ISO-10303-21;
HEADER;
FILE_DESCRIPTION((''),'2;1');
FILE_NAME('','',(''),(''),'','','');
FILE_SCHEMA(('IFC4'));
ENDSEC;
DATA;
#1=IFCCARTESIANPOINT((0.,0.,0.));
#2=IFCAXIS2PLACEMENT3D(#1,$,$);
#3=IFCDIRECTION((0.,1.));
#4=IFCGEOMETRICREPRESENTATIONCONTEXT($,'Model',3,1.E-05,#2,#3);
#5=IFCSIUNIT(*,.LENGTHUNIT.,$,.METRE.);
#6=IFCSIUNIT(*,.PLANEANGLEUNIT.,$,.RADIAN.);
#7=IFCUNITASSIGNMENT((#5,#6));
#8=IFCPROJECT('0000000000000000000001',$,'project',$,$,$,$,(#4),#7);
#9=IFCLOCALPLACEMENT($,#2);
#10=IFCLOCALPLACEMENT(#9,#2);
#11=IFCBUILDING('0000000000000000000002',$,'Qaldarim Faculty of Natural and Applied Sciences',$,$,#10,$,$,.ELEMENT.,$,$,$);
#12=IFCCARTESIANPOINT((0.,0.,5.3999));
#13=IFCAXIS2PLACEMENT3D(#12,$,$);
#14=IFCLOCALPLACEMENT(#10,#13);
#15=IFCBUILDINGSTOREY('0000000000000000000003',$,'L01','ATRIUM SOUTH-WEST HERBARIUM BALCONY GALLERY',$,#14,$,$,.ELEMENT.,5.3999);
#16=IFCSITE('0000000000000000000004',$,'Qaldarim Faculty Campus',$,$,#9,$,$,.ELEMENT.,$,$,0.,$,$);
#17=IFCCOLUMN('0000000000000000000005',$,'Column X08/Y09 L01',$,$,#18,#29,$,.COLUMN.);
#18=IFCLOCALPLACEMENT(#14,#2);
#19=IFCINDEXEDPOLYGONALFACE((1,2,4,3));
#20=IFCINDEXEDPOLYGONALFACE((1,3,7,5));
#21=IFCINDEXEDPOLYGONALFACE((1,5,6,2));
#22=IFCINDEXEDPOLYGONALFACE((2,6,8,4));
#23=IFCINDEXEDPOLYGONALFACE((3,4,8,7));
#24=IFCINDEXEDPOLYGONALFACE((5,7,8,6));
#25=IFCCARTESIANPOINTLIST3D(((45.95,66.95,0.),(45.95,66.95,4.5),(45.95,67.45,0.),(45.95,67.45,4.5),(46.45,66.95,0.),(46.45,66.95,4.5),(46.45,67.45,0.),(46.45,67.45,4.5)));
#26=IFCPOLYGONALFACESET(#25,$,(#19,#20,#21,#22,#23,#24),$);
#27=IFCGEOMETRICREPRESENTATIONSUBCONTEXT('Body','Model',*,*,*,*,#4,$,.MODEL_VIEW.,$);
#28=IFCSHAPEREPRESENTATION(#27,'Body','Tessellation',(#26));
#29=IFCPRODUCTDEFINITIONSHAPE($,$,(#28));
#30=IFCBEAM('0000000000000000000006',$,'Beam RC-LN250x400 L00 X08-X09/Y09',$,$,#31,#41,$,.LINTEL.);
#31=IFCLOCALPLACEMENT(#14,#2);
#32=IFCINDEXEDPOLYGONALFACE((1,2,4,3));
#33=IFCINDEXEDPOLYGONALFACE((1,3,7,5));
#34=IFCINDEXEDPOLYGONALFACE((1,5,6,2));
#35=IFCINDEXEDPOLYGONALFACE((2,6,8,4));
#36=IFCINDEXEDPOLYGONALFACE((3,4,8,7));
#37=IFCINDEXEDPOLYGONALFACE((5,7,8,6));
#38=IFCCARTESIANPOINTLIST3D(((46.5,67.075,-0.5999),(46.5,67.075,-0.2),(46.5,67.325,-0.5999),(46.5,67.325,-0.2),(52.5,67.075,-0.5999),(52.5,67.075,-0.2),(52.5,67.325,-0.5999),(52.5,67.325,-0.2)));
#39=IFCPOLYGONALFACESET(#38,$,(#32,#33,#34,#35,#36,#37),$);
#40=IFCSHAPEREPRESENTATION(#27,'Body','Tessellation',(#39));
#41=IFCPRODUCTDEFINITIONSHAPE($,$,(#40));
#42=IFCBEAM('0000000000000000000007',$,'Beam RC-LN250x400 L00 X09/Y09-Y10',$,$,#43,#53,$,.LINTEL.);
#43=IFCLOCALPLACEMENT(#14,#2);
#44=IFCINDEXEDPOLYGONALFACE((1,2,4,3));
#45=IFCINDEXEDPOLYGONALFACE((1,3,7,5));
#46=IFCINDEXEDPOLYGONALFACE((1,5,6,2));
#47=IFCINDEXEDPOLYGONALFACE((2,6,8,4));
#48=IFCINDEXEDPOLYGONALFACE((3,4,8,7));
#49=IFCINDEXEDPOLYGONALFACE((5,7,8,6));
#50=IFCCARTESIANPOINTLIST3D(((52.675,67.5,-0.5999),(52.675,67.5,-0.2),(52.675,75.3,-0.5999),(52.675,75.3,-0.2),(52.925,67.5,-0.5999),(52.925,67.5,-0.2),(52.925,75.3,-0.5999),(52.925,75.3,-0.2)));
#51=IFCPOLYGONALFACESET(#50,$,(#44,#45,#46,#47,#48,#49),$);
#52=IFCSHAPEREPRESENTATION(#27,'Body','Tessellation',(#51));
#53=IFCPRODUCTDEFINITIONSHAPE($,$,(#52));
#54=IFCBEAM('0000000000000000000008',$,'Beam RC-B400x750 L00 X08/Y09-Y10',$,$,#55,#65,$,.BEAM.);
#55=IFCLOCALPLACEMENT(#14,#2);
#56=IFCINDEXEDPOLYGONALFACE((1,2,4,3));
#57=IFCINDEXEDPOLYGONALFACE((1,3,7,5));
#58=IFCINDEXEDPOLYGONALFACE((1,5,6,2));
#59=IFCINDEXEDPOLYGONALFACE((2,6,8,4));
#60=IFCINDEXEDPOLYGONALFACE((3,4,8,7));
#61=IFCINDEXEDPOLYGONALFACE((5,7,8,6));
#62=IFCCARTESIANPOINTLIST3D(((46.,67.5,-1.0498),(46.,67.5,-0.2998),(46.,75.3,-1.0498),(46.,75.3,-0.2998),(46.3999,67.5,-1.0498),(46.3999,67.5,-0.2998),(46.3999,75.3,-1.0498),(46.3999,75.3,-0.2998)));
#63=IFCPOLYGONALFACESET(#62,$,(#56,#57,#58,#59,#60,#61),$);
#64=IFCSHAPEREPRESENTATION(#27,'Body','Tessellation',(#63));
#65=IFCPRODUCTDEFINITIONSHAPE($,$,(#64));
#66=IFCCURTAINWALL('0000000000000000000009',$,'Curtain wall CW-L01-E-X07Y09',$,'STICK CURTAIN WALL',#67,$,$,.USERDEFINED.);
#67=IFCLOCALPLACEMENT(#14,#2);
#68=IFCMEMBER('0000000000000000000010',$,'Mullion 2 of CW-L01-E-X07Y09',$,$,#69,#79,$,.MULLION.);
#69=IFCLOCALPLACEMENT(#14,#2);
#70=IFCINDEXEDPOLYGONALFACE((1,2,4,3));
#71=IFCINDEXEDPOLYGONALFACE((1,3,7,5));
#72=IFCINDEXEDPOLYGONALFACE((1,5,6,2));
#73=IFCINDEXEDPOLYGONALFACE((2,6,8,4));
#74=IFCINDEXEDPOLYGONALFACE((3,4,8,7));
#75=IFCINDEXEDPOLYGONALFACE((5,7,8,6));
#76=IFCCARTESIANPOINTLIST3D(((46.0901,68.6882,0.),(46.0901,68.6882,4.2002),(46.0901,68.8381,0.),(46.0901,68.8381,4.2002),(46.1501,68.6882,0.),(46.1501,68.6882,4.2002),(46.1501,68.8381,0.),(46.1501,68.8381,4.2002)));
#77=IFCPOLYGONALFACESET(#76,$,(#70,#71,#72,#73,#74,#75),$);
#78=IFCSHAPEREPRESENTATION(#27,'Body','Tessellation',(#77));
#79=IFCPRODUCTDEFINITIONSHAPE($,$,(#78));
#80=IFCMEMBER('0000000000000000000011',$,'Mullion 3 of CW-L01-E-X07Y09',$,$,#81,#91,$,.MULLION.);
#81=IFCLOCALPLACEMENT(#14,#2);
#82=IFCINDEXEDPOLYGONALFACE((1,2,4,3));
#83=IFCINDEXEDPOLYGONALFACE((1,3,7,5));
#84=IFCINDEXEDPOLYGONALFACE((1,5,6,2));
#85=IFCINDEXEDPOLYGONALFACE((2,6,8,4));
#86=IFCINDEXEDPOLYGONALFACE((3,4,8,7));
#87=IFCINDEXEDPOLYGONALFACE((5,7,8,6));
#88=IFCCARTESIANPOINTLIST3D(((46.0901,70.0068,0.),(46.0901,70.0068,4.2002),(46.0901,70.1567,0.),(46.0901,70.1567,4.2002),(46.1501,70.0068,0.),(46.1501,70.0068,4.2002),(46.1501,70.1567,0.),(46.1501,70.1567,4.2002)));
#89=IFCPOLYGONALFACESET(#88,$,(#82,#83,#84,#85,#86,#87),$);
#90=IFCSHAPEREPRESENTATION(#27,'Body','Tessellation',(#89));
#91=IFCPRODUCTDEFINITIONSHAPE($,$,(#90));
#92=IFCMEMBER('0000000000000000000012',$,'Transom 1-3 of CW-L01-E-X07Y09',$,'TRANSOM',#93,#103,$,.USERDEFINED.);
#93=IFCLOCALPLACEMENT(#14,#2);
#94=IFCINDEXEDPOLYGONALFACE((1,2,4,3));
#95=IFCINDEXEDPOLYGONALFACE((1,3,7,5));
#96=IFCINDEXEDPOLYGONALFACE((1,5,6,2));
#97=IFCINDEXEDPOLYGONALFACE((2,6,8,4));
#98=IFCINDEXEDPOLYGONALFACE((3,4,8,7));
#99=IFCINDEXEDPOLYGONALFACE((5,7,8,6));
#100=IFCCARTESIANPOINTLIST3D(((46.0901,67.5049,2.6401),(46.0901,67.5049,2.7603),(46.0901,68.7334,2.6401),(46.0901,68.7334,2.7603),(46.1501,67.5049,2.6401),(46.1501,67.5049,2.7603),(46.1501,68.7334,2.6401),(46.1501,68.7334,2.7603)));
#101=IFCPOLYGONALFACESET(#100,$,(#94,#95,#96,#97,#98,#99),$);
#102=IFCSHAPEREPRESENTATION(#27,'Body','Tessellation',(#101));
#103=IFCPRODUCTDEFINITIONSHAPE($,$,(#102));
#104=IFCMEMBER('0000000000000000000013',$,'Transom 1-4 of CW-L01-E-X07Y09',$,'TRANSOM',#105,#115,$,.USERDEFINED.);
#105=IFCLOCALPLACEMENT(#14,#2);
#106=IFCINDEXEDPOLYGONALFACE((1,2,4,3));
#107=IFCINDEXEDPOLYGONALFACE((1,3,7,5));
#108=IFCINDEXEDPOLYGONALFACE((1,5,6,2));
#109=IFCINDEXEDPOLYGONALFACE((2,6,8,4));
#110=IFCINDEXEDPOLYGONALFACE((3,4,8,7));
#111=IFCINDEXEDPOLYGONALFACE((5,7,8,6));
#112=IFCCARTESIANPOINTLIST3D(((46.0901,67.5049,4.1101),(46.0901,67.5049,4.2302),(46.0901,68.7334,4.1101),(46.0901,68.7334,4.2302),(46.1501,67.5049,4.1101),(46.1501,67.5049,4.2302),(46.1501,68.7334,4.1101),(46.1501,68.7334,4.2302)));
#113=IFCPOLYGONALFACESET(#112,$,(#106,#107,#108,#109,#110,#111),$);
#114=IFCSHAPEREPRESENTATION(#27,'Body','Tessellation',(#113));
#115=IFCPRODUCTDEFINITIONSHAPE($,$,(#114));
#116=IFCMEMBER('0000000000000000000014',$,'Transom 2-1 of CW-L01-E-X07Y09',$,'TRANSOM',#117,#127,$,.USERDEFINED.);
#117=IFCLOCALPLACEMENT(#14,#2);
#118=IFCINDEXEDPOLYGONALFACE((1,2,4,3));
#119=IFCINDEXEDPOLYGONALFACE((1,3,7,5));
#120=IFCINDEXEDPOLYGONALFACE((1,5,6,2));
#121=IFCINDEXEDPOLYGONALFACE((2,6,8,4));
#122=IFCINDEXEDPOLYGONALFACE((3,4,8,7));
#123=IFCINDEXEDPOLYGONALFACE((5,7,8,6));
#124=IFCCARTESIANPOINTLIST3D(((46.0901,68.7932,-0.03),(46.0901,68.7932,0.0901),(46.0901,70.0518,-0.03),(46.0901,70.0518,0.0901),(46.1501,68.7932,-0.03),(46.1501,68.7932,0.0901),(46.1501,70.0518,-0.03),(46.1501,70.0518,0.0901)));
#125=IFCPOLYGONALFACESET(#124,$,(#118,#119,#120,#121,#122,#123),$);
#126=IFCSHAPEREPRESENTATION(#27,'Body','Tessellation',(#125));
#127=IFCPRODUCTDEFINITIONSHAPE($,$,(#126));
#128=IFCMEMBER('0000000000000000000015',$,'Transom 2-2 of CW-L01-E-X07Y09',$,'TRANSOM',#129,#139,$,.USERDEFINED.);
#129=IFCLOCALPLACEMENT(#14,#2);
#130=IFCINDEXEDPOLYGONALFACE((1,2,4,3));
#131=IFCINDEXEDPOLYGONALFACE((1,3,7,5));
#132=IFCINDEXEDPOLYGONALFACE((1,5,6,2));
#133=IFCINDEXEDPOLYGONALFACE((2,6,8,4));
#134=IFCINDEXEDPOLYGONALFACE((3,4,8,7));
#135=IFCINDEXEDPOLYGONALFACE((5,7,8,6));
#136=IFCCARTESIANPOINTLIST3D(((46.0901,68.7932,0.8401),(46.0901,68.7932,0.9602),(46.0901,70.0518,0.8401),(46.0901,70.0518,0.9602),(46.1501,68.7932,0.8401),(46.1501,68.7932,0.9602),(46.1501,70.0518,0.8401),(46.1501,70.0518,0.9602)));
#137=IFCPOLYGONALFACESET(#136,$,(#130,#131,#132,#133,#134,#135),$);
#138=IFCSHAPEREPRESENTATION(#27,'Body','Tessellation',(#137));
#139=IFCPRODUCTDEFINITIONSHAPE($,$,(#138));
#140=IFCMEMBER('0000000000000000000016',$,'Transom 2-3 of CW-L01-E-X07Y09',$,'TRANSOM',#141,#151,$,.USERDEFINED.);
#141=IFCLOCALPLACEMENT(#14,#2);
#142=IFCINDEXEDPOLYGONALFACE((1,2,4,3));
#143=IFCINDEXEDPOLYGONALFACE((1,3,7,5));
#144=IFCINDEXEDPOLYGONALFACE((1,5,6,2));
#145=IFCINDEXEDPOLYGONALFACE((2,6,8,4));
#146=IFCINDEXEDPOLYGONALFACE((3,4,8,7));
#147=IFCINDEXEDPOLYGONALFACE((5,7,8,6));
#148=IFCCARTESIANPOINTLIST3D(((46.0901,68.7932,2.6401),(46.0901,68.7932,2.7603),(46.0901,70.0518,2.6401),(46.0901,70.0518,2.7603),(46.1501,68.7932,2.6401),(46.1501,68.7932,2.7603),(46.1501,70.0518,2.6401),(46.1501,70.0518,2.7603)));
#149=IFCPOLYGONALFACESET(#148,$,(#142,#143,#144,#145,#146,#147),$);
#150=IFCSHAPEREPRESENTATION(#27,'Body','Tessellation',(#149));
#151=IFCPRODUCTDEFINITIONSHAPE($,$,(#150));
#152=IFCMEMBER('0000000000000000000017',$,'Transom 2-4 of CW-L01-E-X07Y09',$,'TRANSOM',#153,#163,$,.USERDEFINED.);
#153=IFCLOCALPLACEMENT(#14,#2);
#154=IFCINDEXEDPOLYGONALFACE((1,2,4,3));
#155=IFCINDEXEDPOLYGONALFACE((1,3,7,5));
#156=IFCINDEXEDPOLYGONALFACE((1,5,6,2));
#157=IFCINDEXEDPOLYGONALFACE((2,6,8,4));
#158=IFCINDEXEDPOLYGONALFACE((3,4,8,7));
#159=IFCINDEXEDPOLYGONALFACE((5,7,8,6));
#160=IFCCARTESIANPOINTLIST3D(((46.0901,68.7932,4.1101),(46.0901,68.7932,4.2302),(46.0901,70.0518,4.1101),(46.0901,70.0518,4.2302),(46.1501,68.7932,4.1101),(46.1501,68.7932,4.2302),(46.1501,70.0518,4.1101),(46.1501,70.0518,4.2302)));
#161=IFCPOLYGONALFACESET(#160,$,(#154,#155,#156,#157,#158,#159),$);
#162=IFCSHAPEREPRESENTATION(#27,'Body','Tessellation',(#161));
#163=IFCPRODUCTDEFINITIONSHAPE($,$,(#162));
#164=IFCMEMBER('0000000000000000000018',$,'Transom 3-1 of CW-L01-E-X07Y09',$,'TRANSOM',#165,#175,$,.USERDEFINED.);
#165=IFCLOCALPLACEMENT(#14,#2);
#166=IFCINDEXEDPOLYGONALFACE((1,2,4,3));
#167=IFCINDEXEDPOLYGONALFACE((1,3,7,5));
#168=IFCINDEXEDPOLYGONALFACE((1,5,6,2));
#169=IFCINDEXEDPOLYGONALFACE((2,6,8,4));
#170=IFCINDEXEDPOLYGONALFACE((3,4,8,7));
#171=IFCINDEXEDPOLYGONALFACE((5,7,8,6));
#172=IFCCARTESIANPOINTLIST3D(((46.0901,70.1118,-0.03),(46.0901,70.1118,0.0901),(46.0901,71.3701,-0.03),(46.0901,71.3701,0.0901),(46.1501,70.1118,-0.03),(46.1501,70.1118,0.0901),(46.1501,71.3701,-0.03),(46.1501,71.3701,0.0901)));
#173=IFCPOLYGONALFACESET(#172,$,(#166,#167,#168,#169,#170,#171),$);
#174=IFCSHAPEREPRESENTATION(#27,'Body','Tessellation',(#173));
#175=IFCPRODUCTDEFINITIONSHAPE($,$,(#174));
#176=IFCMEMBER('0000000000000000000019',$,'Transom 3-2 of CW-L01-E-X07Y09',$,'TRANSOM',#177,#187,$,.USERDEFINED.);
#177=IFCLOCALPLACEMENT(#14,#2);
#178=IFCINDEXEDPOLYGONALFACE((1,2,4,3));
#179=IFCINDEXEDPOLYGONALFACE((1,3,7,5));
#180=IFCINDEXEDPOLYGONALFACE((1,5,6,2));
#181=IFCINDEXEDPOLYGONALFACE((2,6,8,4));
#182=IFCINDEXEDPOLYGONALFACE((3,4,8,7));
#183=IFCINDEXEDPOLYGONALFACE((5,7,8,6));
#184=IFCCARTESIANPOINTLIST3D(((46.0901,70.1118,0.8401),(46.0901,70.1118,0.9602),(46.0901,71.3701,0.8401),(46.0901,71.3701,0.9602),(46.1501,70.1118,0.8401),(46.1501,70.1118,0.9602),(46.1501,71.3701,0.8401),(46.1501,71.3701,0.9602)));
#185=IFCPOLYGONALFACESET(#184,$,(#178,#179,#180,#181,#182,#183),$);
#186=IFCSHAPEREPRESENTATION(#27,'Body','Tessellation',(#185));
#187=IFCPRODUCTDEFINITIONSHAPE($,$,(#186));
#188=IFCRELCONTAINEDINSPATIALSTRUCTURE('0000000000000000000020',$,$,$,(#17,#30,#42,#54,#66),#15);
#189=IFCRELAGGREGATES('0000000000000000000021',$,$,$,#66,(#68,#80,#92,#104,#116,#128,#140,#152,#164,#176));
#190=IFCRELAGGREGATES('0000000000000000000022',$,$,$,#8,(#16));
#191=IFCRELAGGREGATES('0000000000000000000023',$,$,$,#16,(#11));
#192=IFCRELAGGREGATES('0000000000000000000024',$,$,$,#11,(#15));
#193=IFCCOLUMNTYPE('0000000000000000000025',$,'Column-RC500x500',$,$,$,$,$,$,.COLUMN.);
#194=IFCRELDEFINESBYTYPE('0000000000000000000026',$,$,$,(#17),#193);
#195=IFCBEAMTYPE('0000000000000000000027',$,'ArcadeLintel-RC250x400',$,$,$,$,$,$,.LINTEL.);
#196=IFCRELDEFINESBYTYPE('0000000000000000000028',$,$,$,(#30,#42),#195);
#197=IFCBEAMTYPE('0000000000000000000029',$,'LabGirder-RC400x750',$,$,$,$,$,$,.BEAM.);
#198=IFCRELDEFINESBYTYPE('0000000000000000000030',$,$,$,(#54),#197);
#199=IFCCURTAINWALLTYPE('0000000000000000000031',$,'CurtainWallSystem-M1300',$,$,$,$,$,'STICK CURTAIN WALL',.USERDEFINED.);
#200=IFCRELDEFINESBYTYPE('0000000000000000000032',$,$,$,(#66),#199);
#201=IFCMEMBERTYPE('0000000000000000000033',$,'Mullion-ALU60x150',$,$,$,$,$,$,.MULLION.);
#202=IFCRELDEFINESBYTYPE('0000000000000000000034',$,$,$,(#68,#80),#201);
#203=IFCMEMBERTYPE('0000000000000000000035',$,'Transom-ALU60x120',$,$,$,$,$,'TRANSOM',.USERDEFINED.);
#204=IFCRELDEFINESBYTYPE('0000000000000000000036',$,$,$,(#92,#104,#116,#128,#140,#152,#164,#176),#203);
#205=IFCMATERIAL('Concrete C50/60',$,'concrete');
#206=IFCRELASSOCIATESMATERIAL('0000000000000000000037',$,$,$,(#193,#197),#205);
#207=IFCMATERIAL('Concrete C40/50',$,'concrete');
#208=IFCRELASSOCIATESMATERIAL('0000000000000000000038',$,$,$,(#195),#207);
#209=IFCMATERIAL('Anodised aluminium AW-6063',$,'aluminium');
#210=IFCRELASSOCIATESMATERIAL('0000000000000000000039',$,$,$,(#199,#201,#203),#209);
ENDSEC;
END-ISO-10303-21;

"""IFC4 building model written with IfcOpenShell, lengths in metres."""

from ifc_helpers import new_model, si_unit, direction, frame, origin, origin_2d, place, context, subcontext, project, spatial, rectangle, extrude, material, material_profile, profile_set, type_object, element, aggregate, save


model = new_model("IFC4")

# Units and contexts
model_context = context("Model", 3, precision=1e-05, world=origin(), true_north=direction((0.0, 1.0)))
body_context = subcontext(model_context, "Body", "Model", "MODEL_VIEW")
ifc_project = project(units=[si_unit("LENGTHUNIT", "METRE"), si_unit("PLANEANGLEUNIT", "RADIAN")], contexts=[model_context])

# Site, building, storey
site_placement = place(None, origin())
site = spatial("IfcSite", under=ifc_project, at=site_placement, Name="Qaldarim Faculty Campus", CompositionType="ELEMENT", RefElevation=0.0)
building_placement = place(site_placement, origin())
building = spatial("IfcBuilding", under=site, at=building_placement, Name="Qaldarim Faculty of Natural and Applied Sciences", CompositionType="ELEMENT")
storey_placement = place(building_placement, frame((0.0, 0.0, 5.3999)))
storey = spatial("IfcBuildingStorey", under=building, at=storey_placement, Name="L01", Description="ATRIUM SOUTH-WEST HERBARIUM BALCONY GALLERY", CompositionType="ELEMENT", Elevation=5.3999)

# Column
ifc_material_1 = material(Name="Concrete C50/60", Category="concrete")
ifc_material_profile_1 = material_profile(ifc_material_1, rectangle(XDim=0.5, YDim=0.5, at=origin_2d()), Name="RC-C500x500")
ifc_profile_set_1 = profile_set([ifc_material_profile_1], Name="Concrete C50/60")
column_type = type_object("IfcColumnType", Name="Column-RC500x500", PredefinedType="COLUMN", material=ifc_profile_set_1)
column_placement = place(storey_placement, frame((46.2, 67.2, 0.0), z_axis=(0.0, 0.0, 1.0), x_axis=(1.0, 0.0, 0.0)))
element("IfcColumn", 1, at=column_placement, inside=storey, type_object=column_type, Name="Column X08/Y09 L01", PredefinedType="COLUMN", context=body_context, shape_type="SweptSolid", body=[
    extrude(rectangle(XDim=0.5, YDim=0.5, at=origin_2d()), origin(), (0.0, 0.0, 1.0), 4.5),
])

# Beams
ifc_material_2 = material(Name="Concrete C40/50", Category="concrete")
ifc_material_profile_2 = material_profile(ifc_material_2, rectangle(XDim=0.25, YDim=0.3999, at=origin_2d()), Name="RC-LN250x400")
ifc_profile_set_2 = profile_set([ifc_material_profile_2], Name="Concrete C40/50")
beam_type_1 = type_object("IfcBeamType", Name="ArcadeLintel-RC250x400", PredefinedType="LINTEL", material=ifc_profile_set_2)
beam_1_placement = place(storey_placement, frame((46.5, 67.2, -0.3999), z_axis=(1.0, 0.0, 0.0), x_axis=(0.0, 1.0, 0.0)))
element("IfcBeam", 2, at=beam_1_placement, inside=storey, type_object=beam_type_1, Name="Beam RC-LN250x400 L00 X08-X09/Y09", PredefinedType="LINTEL", context=body_context, shape_type="SweptSolid", body=[
    extrude(rectangle(XDim=0.25, YDim=0.3999, at=origin_2d()), origin(), (0.0, 0.0, 1.0), 6.0),
])
beam_2_placement = place(storey_placement, frame((52.8, 67.5, -0.3999), z_axis=(0.0, 1.0, 0.0), x_axis=(-1.0, 0.0, 0.0)))
element("IfcBeam", 3, at=beam_2_placement, inside=storey, type_object=beam_type_1, Name="Beam RC-LN250x400 L00 X09/Y09-Y10", PredefinedType="LINTEL", context=body_context, shape_type="SweptSolid", body=[
    extrude(rectangle(XDim=0.25, YDim=0.3999, at=origin_2d()), origin(), (0.0, 0.0, 1.0), 7.8),
])
ifc_material_profile_3 = material_profile(ifc_material_1, rectangle(XDim=0.3999, YDim=0.75, at=origin_2d()), Name="RC-B400x750")
ifc_profile_set_3 = profile_set([ifc_material_profile_3], Name="Concrete C50/60")
beam_type_2 = type_object("IfcBeamType", Name="LabGirder-RC400x750", PredefinedType="BEAM", material=ifc_profile_set_3)
beam_3_placement = place(storey_placement, frame((46.2, 67.5, -0.6748), z_axis=(0.0, 1.0, 0.0), x_axis=(-1.0, 0.0, 0.0)))
element("IfcBeam", 4, at=beam_3_placement, inside=storey, type_object=beam_type_2, Name="Beam RC-B400x750 L00 X08/Y09-Y10", PredefinedType="BEAM", context=body_context, shape_type="SweptSolid", body=[
    extrude(rectangle(XDim=0.3999, YDim=0.75, at=origin_2d()), origin(), (0.0, 0.0, 1.0), 7.8),
])

# Curtain wall, members
ifc_material_3 = material(Name="Anodised aluminium AW-6063", Category="aluminium")
curtain_wall_type = type_object("IfcCurtainWallType", Name="CurtainWallSystem-M1300", ElementType="STICK CURTAIN WALL", PredefinedType="USERDEFINED", material=ifc_material_3)
curtain_wall_placement = place(storey_placement, origin())
curtain_wall = element("IfcCurtainWall", 5, at=curtain_wall_placement, inside=storey, type_object=curtain_wall_type, Name="Curtain wall CW-L01-E-X07Y09", ObjectType="STICK CURTAIN WALL", PredefinedType="USERDEFINED")
ifc_material_profile_4 = material_profile(ifc_material_3, rectangle(XDim=0.0601, YDim=0.1499, at=origin_2d()), Name="ALU-M60x150")
ifc_profile_set_4 = profile_set([ifc_material_profile_4], Name="Anodised aluminium AW-6063")
member_type_1 = type_object("IfcMemberType", Name="Mullion-ALU60x150", PredefinedType="MULLION", material=ifc_profile_set_4)
member_1_placement = place(storey_placement, frame((46.1201, 68.7632, 0.0), z_axis=(0.0, 0.0, 1.0), x_axis=(-1.0, 0.0, 0.0)))
member_1 = element("IfcMember", 6, at=member_1_placement, type_object=member_type_1, Name="Mullion 2 of CW-L01-E-X07Y09", PredefinedType="MULLION", context=body_context, shape_type="SweptSolid", body=[
    extrude(rectangle(XDim=0.0601, YDim=0.1499, at=origin_2d()), origin(), (0.0, 0.0, 1.0), 4.2002),
])
member_2_placement = place(storey_placement, frame((46.1201, 70.0818, 0.0), z_axis=(0.0, 0.0, 1.0), x_axis=(-1.0, 0.0, 0.0)))
member_2 = element("IfcMember", 7, at=member_2_placement, type_object=member_type_1, Name="Mullion 3 of CW-L01-E-X07Y09", PredefinedType="MULLION", context=body_context, shape_type="SweptSolid", body=[
    extrude(rectangle(XDim=0.0601, YDim=0.1499, at=origin_2d()), origin(), (0.0, 0.0, 1.0), 4.2002),
])
ifc_material_profile_5 = material_profile(ifc_material_3, rectangle(XDim=0.0601, YDim=0.1201, at=origin_2d()), Name="ALU-T60x120")
ifc_profile_set_5 = profile_set([ifc_material_profile_5], Name="Anodised aluminium AW-6063")
member_type_2 = type_object("IfcMemberType", Name="Transom-ALU60x120", ElementType="TRANSOM", PredefinedType="USERDEFINED", material=ifc_profile_set_5)
member_3_placement = place(storey_placement, frame((46.1201, 67.5049, 2.7002), z_axis=(0.0, 1.0, 0.0), x_axis=(-1.0, 0.0, 0.0)))
member_3 = element("IfcMember", 8, at=member_3_placement, type_object=member_type_2, Name="Transom 1-3 of CW-L01-E-X07Y09", ObjectType="TRANSOM", PredefinedType="USERDEFINED", context=body_context, shape_type="SweptSolid", body=[
    extrude(rectangle(XDim=0.0601, YDim=0.1201, at=origin_2d()), origin(), (0.0, 0.0, 1.0), 1.2285),
])
member_4_placement = place(storey_placement, frame((46.1201, 67.5049, 4.1702), z_axis=(0.0, 1.0, 0.0), x_axis=(-1.0, 0.0, 0.0)))
member_4 = element("IfcMember", 9, at=member_4_placement, type_object=member_type_2, Name="Transom 1-4 of CW-L01-E-X07Y09", ObjectType="TRANSOM", PredefinedType="USERDEFINED", context=body_context, shape_type="SweptSolid", body=[
    extrude(rectangle(XDim=0.0601, YDim=0.1201, at=origin_2d()), origin(), (0.0, 0.0, 1.0), 1.2285),
])
member_5_placement = place(storey_placement, frame((46.1201, 68.7932, 0.03), z_axis=(0.0, 1.0, 0.0), x_axis=(-1.0, 0.0, 0.0)))
member_5 = element("IfcMember", 10, at=member_5_placement, type_object=member_type_2, Name="Transom 2-1 of CW-L01-E-X07Y09", ObjectType="TRANSOM", PredefinedType="USERDEFINED", context=body_context, shape_type="SweptSolid", body=[
    extrude(rectangle(XDim=0.0601, YDim=0.1201, at=origin_2d()), origin(), (0.0, 0.0, 1.0), 1.2585),
])
member_6_placement = place(storey_placement, frame((46.1201, 68.7932, 0.9001), z_axis=(0.0, 1.0, 0.0), x_axis=(-1.0, 0.0, 0.0)))
member_6 = element("IfcMember", 11, at=member_6_placement, type_object=member_type_2, Name="Transom 2-2 of CW-L01-E-X07Y09", ObjectType="TRANSOM", PredefinedType="USERDEFINED", context=body_context, shape_type="SweptSolid", body=[
    extrude(rectangle(XDim=0.0601, YDim=0.1201, at=origin_2d()), origin(), (0.0, 0.0, 1.0), 1.2585),
])
member_7_placement = place(storey_placement, frame((46.1201, 68.7932, 2.7002), z_axis=(0.0, 1.0, 0.0), x_axis=(-1.0, 0.0, 0.0)))
member_7 = element("IfcMember", 12, at=member_7_placement, type_object=member_type_2, Name="Transom 2-3 of CW-L01-E-X07Y09", ObjectType="TRANSOM", PredefinedType="USERDEFINED", context=body_context, shape_type="SweptSolid", body=[
    extrude(rectangle(XDim=0.0601, YDim=0.1201, at=origin_2d()), origin(), (0.0, 0.0, 1.0), 1.2585),
])
member_8_placement = place(storey_placement, frame((46.1201, 68.7932, 4.1702), z_axis=(0.0, 1.0, 0.0), x_axis=(-1.0, 0.0, 0.0)))
member_8 = element("IfcMember", 13, at=member_8_placement, type_object=member_type_2, Name="Transom 2-4 of CW-L01-E-X07Y09", ObjectType="TRANSOM", PredefinedType="USERDEFINED", context=body_context, shape_type="SweptSolid", body=[
    extrude(rectangle(XDim=0.0601, YDim=0.1201, at=origin_2d()), origin(), (0.0, 0.0, 1.0), 1.2585),
])
member_9_placement = place(storey_placement, frame((46.1201, 70.1118, 0.03), z_axis=(0.0, 1.0, 0.0), x_axis=(-1.0, 0.0, 0.0)))
member_9 = element("IfcMember", 14, at=member_9_placement, type_object=member_type_2, Name="Transom 3-1 of CW-L01-E-X07Y09", ObjectType="TRANSOM", PredefinedType="USERDEFINED", context=body_context, shape_type="SweptSolid", body=[
    extrude(rectangle(XDim=0.0601, YDim=0.1201, at=origin_2d()), origin(), (0.0, 0.0, 1.0), 1.2583),
])
member_10_placement = place(storey_placement, frame((46.1201, 70.1118, 0.9001), z_axis=(0.0, 1.0, 0.0), x_axis=(-1.0, 0.0, 0.0)))
member_10 = element("IfcMember", 15, at=member_10_placement, type_object=member_type_2, Name="Transom 3-2 of CW-L01-E-X07Y09", ObjectType="TRANSOM", PredefinedType="USERDEFINED", context=body_context, shape_type="SweptSolid", body=[
    extrude(rectangle(XDim=0.0601, YDim=0.1201, at=origin_2d()), origin(), (0.0, 0.0, 1.0), 1.2583),
])
aggregate(curtain_wall, [member_1, member_2, member_3, member_4, member_5, member_6, member_7, member_8, member_9, member_10])

save(model, "model.ifc")
